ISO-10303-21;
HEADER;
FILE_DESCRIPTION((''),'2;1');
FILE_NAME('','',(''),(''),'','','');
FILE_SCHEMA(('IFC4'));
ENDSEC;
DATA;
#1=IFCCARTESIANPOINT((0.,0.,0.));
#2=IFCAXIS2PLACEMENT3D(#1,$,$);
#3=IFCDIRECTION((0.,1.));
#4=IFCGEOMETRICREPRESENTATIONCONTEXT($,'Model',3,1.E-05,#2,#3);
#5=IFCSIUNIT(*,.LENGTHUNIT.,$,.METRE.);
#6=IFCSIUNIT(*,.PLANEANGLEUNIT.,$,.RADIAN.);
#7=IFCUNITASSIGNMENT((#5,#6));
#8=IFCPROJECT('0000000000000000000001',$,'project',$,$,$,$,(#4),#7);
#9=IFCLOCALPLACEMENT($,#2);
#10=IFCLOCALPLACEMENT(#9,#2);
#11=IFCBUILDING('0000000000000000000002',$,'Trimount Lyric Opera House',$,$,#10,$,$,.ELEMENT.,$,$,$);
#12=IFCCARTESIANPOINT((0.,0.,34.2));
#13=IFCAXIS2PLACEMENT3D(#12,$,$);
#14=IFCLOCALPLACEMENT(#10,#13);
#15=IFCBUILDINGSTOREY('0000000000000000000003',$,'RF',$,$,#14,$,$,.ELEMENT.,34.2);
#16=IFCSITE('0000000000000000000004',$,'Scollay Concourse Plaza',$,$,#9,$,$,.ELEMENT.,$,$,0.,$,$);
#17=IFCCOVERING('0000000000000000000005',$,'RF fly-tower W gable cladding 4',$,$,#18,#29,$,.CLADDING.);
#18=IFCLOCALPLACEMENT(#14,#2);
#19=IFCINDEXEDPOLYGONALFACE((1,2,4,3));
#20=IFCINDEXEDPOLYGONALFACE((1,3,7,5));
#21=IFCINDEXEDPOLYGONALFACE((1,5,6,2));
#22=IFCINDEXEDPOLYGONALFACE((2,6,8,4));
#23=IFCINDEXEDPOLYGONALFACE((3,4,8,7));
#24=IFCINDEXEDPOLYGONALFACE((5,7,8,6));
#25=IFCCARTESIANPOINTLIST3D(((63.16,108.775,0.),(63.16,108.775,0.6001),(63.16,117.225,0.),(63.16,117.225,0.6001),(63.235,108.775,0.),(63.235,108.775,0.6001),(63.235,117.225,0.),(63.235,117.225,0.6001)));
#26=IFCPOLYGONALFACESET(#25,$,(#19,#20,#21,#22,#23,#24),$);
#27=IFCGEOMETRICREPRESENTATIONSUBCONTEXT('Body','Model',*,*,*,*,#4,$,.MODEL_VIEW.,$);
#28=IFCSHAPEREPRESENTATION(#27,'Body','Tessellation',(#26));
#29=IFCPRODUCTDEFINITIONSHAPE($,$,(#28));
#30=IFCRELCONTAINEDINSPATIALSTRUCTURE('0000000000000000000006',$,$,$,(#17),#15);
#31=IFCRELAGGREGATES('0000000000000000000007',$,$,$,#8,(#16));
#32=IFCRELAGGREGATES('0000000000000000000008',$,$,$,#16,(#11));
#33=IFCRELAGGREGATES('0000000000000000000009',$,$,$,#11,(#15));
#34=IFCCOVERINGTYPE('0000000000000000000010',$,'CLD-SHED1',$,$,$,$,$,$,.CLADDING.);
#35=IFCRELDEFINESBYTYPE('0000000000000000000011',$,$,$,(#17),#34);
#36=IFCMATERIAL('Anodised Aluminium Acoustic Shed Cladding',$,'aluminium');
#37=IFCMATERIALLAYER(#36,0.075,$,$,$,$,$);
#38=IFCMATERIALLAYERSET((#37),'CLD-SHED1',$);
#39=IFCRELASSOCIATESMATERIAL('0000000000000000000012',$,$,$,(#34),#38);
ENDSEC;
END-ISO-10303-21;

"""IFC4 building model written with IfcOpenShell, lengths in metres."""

from ifc_helpers import new_model, si_unit, direction, frame, origin, origin_2d, place, context, subcontext, project, spatial, rectangle, extrude, material, layer, layer_set, type_object, element, save


model = new_model("IFC4")

# Units and contexts
model_context = context("Model", 3, precision=1e-05, world=origin(), true_north=direction((0.0, 1.0)))
body_context = subcontext(model_context, "Body", "Model", "MODEL_VIEW")
ifc_project = project(units=[si_unit("LENGTHUNIT", "METRE"), si_unit("PLANEANGLEUNIT", "RADIAN")], contexts=[model_context])

# Site, building, storey
site_placement = place(None, origin())
site = spatial("IfcSite", under=ifc_project, at=site_placement, Name="Scollay Concourse Plaza", CompositionType="ELEMENT", RefElevation=0.0)
building_placement = place(site_placement, origin())
building = spatial("IfcBuilding", under=site, at=building_placement, Name="Trimount Lyric Opera House", CompositionType="ELEMENT")
storey_placement = place(building_placement, frame((0.0, 0.0, 34.2)))
storey = spatial("IfcBuildingStorey", under=building, at=storey_placement, Name="RF", CompositionType="ELEMENT", Elevation=34.2)

# Covering
ifc_material_1 = material(Name="Anodised Aluminium Acoustic Shed Cladding", Category="aluminium")
ifc_layer_1 = layer(ifc_material_1, 0.075)
ifc_layer_set_1 = layer_set([ifc_layer_1], Name="CLD-SHED1")
covering_type_1 = type_object("IfcCoveringType", Name="CLD-SHED1", PredefinedType="CLADDING", material=ifc_layer_set_1)
covering_1_placement = place(storey_placement, frame((63.1975, 113.0, 0.0), z_axis=(0.0, 0.0, 1.0), x_axis=(1.0, 0.0, 0.0)))
element("IfcCovering", 1, at=covering_1_placement, inside=storey, type_object=covering_type_1, Name="RF fly-tower W gable cladding 4", PredefinedType="CLADDING", context=body_context, shape_type="SweptSolid", body=[
    extrude(rectangle(XDim=0.075, YDim=8.45, at=origin_2d()), origin(), (0.0, 0.0, 1.0), 0.6001),
])

save(model, "model.ifc")
